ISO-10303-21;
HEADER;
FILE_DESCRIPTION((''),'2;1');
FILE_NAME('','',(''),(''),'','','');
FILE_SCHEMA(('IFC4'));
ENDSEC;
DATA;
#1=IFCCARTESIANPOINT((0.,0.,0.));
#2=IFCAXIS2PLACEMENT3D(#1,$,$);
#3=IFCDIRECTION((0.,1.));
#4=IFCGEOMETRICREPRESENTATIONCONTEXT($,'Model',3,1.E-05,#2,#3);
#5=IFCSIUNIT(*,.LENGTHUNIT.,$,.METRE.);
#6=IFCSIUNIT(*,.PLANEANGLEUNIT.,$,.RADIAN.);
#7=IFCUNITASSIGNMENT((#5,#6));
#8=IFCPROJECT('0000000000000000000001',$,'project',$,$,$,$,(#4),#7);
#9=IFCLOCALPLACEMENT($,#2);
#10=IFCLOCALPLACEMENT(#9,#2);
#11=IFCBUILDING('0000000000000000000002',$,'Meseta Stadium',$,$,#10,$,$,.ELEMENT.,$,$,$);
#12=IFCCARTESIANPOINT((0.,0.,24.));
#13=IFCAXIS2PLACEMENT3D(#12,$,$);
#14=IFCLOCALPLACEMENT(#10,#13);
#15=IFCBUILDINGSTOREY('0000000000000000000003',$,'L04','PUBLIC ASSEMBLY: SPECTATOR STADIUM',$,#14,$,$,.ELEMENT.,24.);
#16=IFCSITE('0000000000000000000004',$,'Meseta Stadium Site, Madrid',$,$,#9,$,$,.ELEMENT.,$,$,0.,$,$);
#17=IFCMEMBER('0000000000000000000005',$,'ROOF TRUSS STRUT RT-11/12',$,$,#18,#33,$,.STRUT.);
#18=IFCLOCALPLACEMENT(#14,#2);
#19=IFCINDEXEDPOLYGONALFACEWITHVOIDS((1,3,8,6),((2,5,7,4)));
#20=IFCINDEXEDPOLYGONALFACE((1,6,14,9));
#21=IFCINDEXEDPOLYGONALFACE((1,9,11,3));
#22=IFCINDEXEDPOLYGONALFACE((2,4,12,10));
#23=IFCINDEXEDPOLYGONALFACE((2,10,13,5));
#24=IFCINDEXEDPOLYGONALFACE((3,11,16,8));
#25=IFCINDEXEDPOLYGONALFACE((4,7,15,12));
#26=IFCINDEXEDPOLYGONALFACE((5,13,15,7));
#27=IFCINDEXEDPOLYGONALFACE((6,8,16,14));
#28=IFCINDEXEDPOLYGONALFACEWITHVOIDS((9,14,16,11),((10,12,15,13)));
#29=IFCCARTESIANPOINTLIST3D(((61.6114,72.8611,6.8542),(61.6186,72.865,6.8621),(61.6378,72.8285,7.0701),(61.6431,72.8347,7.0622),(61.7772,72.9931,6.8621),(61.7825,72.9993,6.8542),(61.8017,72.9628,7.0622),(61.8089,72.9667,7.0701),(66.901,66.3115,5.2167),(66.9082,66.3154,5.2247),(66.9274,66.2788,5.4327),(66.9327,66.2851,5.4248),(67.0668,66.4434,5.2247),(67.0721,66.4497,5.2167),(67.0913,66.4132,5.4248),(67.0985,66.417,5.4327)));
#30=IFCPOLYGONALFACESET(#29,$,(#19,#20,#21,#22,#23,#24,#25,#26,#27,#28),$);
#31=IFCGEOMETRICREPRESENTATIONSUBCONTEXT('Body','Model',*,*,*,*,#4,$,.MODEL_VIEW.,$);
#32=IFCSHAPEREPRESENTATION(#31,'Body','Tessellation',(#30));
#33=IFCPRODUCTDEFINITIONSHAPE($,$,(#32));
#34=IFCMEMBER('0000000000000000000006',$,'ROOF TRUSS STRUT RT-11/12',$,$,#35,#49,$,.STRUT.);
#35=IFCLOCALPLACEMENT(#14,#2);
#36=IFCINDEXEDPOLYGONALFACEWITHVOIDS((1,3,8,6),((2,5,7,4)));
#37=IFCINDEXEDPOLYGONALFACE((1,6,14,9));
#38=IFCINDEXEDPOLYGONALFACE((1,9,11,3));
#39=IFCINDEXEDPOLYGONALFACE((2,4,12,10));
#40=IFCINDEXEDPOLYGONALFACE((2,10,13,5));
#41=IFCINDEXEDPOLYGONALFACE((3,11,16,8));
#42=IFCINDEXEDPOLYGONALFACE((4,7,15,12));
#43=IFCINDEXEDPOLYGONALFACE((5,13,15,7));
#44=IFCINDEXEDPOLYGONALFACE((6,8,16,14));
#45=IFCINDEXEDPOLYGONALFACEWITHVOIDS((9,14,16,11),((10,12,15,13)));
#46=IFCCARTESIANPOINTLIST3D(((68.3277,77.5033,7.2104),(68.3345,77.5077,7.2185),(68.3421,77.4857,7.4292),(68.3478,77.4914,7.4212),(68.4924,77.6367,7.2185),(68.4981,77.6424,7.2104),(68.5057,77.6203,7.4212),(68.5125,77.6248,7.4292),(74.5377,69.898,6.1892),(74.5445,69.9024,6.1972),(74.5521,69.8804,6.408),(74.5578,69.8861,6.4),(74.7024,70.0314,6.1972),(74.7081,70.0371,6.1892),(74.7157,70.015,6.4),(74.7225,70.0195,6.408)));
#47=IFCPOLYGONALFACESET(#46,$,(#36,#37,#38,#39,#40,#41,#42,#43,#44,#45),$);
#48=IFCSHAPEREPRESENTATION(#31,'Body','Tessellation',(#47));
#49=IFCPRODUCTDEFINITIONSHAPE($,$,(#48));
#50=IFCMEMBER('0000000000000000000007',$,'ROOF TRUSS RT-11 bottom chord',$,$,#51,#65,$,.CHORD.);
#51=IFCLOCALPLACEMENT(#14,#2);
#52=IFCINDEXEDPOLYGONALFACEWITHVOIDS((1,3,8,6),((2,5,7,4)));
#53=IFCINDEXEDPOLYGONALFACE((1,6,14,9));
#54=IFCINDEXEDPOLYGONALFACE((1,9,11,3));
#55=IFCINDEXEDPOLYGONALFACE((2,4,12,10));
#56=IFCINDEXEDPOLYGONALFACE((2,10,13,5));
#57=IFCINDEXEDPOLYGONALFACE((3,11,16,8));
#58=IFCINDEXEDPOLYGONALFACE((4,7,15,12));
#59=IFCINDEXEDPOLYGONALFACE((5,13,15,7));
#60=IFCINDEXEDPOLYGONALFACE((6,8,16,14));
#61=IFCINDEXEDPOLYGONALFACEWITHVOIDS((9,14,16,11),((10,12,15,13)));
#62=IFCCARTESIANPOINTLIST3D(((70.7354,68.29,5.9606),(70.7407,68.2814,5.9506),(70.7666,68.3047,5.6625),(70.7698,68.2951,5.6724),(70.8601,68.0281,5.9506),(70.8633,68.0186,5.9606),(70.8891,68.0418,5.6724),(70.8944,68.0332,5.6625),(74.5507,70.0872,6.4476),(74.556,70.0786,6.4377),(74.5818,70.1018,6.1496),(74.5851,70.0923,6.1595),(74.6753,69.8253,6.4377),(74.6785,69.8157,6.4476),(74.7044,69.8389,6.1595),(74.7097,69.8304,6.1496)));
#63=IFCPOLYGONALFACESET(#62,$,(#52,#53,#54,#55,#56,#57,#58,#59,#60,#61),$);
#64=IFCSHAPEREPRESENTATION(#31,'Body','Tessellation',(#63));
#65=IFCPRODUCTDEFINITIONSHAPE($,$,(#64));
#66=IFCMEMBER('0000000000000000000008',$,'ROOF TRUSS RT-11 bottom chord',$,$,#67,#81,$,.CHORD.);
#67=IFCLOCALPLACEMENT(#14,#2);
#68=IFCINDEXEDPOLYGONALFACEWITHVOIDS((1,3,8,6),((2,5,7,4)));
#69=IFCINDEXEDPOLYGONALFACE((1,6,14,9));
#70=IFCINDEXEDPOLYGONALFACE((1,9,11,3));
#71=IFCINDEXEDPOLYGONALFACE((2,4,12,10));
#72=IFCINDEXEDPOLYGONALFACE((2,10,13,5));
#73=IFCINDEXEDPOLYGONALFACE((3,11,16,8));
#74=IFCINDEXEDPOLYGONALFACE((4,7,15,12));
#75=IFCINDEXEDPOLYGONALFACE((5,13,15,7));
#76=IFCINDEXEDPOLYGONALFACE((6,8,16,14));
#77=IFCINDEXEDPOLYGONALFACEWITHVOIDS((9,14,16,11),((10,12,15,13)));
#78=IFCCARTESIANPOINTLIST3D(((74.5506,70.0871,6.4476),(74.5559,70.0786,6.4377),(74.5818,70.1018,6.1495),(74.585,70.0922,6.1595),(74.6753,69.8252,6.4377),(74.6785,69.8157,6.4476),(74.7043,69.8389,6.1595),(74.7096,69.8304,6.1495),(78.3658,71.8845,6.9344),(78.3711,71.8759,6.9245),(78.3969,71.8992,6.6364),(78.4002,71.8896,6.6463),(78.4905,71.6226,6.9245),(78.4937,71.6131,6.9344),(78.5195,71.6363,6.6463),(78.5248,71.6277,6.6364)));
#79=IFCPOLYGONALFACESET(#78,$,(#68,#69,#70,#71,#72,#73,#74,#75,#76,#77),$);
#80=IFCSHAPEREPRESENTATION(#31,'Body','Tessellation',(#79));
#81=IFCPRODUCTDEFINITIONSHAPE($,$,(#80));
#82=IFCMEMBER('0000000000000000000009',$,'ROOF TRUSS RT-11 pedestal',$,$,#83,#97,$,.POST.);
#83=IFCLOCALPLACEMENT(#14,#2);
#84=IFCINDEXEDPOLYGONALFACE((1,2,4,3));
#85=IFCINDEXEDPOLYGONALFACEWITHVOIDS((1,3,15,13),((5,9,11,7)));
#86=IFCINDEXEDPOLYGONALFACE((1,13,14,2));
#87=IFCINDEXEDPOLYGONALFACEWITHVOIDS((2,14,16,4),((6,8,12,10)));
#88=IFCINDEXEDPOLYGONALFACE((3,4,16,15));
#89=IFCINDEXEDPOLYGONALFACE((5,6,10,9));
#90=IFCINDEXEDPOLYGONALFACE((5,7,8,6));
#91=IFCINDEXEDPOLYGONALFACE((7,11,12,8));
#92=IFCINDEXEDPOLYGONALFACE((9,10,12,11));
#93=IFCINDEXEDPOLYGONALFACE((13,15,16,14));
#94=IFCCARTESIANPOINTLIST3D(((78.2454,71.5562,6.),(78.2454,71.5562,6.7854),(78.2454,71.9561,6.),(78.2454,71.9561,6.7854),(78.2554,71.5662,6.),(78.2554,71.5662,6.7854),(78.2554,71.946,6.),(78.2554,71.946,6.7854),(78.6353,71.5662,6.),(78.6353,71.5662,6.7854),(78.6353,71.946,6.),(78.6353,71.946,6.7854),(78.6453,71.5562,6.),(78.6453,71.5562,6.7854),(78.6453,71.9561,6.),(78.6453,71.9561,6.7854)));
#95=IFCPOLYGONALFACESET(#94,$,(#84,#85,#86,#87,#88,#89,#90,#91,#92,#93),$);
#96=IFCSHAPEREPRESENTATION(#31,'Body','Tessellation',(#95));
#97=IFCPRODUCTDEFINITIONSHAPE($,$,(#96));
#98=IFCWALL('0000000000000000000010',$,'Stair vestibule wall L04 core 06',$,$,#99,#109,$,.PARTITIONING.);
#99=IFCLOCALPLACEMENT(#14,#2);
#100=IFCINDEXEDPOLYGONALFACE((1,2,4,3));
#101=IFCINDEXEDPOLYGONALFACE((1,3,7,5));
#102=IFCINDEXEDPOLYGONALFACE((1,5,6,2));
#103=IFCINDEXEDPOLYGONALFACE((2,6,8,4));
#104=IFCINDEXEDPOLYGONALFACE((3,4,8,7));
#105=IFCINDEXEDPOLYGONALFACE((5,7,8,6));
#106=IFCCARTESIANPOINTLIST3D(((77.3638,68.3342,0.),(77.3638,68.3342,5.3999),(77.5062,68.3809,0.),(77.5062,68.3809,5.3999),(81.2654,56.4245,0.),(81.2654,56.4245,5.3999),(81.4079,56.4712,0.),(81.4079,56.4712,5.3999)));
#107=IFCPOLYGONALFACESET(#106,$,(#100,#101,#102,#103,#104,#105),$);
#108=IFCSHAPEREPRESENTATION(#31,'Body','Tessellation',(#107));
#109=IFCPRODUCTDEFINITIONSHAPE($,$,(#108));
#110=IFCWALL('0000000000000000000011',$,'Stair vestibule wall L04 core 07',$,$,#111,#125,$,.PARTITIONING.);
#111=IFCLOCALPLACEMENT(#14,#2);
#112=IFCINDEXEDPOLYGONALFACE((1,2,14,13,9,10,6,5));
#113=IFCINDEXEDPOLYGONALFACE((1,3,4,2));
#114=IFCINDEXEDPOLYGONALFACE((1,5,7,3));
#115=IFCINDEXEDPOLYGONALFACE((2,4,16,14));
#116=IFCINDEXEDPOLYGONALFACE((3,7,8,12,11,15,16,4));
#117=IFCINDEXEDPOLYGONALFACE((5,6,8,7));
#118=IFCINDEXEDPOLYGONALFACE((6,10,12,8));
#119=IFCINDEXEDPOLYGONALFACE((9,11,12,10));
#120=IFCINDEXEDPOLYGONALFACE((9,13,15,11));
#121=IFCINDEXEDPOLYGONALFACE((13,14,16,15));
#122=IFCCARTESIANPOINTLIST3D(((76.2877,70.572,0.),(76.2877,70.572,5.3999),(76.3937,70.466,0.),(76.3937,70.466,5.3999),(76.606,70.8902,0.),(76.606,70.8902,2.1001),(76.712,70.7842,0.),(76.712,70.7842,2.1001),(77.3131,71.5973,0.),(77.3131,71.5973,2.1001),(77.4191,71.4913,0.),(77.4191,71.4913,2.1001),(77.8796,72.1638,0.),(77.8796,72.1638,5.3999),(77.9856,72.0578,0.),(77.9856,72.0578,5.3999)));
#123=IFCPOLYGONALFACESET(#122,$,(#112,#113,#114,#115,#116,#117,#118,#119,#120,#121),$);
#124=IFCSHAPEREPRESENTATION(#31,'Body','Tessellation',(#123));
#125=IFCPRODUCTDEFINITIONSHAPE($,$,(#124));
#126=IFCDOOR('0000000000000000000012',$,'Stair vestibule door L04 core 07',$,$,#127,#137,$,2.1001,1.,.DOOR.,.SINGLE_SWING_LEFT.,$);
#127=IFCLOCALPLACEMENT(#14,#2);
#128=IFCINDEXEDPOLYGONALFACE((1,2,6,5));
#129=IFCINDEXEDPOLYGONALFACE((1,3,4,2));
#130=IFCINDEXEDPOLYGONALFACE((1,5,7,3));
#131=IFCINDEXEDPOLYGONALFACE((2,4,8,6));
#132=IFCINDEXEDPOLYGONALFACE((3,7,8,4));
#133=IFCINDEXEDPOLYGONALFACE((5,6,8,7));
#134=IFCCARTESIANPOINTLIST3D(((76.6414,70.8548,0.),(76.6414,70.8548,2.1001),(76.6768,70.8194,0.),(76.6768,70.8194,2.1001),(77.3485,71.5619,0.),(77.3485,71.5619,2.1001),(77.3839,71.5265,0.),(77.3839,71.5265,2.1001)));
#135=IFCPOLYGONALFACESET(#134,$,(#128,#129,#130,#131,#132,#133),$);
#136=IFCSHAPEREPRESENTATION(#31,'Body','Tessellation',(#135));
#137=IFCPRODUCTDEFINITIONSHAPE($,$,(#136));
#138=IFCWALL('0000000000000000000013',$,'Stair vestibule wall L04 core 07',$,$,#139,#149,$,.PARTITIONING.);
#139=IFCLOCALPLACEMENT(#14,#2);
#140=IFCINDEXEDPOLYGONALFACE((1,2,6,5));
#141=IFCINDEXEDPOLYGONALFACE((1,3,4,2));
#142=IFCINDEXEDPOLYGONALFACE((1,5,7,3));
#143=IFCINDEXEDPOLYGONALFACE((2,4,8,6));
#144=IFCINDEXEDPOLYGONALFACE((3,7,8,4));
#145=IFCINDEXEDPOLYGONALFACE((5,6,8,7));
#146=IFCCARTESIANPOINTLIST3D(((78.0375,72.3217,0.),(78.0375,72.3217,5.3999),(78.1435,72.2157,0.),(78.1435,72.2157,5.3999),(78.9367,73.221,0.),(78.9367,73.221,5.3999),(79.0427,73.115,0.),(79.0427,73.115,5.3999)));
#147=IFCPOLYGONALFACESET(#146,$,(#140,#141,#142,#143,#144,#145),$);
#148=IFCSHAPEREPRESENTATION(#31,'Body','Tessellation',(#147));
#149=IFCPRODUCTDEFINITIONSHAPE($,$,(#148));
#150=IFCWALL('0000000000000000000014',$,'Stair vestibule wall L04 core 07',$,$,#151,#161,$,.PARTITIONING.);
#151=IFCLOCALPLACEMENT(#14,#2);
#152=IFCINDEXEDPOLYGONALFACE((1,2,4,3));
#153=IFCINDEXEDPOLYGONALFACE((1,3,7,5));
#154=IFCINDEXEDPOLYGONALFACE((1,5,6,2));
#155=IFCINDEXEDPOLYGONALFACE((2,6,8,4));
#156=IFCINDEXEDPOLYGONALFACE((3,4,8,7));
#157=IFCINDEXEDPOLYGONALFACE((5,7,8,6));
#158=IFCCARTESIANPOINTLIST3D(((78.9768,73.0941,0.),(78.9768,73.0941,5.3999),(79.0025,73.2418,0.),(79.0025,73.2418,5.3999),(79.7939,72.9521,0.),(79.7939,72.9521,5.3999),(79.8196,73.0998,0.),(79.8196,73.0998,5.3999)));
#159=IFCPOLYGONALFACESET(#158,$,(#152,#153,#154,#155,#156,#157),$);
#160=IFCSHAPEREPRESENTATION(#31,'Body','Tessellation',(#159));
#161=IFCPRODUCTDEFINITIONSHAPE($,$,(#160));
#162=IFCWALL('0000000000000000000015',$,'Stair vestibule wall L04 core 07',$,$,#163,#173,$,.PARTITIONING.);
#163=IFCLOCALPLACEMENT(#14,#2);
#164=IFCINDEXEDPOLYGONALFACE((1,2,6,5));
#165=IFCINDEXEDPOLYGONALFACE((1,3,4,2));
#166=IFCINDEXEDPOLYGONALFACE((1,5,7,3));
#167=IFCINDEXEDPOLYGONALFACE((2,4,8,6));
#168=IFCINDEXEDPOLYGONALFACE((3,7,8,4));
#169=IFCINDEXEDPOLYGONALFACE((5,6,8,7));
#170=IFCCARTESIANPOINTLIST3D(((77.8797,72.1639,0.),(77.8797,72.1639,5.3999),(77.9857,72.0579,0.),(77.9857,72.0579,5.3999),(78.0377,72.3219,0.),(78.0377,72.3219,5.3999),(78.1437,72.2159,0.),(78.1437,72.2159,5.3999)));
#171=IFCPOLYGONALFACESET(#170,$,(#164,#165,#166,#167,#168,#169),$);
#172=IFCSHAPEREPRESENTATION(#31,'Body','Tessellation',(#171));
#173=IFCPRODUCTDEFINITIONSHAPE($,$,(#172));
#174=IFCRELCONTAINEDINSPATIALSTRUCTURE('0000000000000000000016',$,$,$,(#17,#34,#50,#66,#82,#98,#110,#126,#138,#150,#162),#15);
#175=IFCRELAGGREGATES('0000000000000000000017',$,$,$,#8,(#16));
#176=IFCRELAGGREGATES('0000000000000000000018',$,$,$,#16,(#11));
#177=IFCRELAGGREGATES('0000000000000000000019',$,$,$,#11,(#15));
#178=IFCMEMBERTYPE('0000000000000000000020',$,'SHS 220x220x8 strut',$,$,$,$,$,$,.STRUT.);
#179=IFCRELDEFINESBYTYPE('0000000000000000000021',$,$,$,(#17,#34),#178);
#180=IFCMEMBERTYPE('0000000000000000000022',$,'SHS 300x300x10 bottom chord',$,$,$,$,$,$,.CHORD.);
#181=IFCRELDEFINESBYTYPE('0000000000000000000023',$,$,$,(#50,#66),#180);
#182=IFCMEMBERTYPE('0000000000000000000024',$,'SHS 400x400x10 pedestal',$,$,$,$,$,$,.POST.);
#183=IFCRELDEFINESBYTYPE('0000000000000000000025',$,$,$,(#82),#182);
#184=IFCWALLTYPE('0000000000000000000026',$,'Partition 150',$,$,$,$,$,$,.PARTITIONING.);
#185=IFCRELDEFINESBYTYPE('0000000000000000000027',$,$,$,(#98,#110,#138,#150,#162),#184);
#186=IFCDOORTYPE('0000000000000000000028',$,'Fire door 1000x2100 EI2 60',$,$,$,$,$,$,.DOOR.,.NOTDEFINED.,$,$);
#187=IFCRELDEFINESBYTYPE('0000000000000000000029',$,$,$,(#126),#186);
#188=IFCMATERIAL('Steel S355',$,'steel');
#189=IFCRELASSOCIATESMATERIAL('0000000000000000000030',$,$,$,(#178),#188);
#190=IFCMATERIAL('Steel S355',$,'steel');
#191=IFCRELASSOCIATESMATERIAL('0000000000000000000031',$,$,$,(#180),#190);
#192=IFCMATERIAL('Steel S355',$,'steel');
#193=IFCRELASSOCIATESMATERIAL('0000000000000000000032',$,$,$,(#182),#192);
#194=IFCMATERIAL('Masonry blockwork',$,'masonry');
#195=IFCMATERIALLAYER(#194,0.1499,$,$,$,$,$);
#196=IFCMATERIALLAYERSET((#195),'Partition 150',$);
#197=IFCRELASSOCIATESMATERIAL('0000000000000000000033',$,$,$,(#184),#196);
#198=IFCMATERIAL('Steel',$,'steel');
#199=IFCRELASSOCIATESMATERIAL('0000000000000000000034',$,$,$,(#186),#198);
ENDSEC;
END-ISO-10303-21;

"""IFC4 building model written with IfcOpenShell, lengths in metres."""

from ifc_helpers import new_model, si_unit, direction, frame, frame_2d, origin, origin_2d, place, context, subcontext, project, spatial, rectangle, hollow_rectangle, extrude, material, layer, layer_set, material_profile, profile_set, type_object, element, fill, save


model = new_model("IFC4")

# Units and contexts
model_context = context("Model", 3, precision=1e-05, world=origin(), true_north=direction((0.0, 1.0)))
body_context = subcontext(model_context, "Body", "Model", "MODEL_VIEW")
ifc_project = project(units=[si_unit("LENGTHUNIT", "METRE"), si_unit("PLANEANGLEUNIT", "RADIAN")], contexts=[model_context])

# Site, building, storey
site_placement = place(None, origin())
site = spatial("IfcSite", under=ifc_project, at=site_placement, Name="Meseta Stadium Site, Madrid", CompositionType="ELEMENT", RefElevation=0.0)
building_placement = place(site_placement, origin())
building = spatial("IfcBuilding", under=site, at=building_placement, Name="Meseta Stadium", CompositionType="ELEMENT")
storey_placement = place(building_placement, frame((0.0, 0.0, 24.0)))
storey = spatial("IfcBuildingStorey", under=building, at=storey_placement, Name="L04", Description="PUBLIC ASSEMBLY: SPECTATOR STADIUM", CompositionType="ELEMENT", Elevation=24.0)

# Members
ifc_material_1 = material(Name="Steel S355", Category="steel")
ifc_material_profile_1 = material_profile(ifc_material_1, hollow_rectangle(XDim=0.22, YDim=0.22, WallThickness=0.0081, at=origin_2d()), Name="SHS 220x220x8")
ifc_profile_set_1 = profile_set([ifc_material_profile_1], Name="Steel S355")
member_type_1 = type_object("IfcMemberType", Name="SHS 220x220x8 strut", PredefinedType="STRUT", material=ifc_profile_set_1)
member_1_placement = place(storey_placement, frame((66.9998, 66.3643, 5.3247), z_axis=(-0.616745, 0.763658, 0.190922), x_axis=(-0.777969, -0.628303, 0.0)))
element("IfcMember", 1, at=member_1_placement, inside=storey, type_object=member_type_1, Name="ROOF TRUSS STRUT RT-11/12", PredefinedType="STRUT", context=body_context, shape_type="SweptSolid", body=[
    extrude(hollow_rectangle(XDim=0.22, YDim=0.22, WallThickness=0.0081, at=origin_2d()), origin(), (0.0, 0.0, 1.0), 8.5767),
])
member_2_placement = place(storey_placement, frame((74.6301, 69.9587, 6.2986), z_axis=(-0.629081, 0.770424, 0.103454), x_axis=(-0.774581, -0.632475, 0.0)))
element("IfcMember", 2, at=member_2_placement, inside=storey, type_object=member_type_1, Name="ROOF TRUSS STRUT RT-11/12", PredefinedType="STRUT", context=body_context, shape_type="SweptSolid", body=[
    extrude(hollow_rectangle(XDim=0.22, YDim=0.22, WallThickness=0.0081, at=origin_2d()), origin(), (0.0, 0.0, 1.0), 9.8716),
])
ifc_material_2 = material(Name="Steel S355", Category="steel")
ifc_material_profile_2 = material_profile(ifc_material_2, hollow_rectangle(XDim=0.3, YDim=0.3, WallThickness=0.01, at=origin_2d()), Name="SHS 300x300x10")
ifc_profile_set_2 = profile_set([ifc_material_profile_2], Name="Steel S355")
member_type_2 = type_object("IfcMemberType", Name="SHS 300x300x10 bottom chord", PredefinedType="CHORD", material=ifc_profile_set_2)
for number, where, z_axis, x_axis, name in (
    (3, (70.8149, 68.1616, 5.8115), (0.898686, 0.42332, 0.11473), (-0.426134, 0.90466, 0.0), "ROOF TRUSS RT-11 bottom chord"),
    (4, (74.6301, 69.9587, 6.2986), (0.89867, 0.42337, 0.11467), (-0.426182, 0.904638, 0.0), "ROOF TRUSS RT-11 bottom chord"),
):
    element("IfcMember", number, at=place(storey_placement, frame(where, z_axis=z_axis, x_axis=x_axis)), inside=storey, type_object=member_type_2, Name=name, PredefinedType="CHORD", context=body_context, shape_type="SweptSolid", body=[
        extrude(hollow_rectangle(XDim=0.3, YDim=0.3, WallThickness=0.01, at=origin_2d()), origin(), (0.0, 0.0, 1.0), 4.2454),
    ])
ifc_material_3 = material(Name="Steel S355", Category="steel")
ifc_material_profile_3 = material_profile(ifc_material_3, hollow_rectangle(XDim=0.3999, YDim=0.3999, WallThickness=0.01, at=origin_2d()), Name="SHS 400x400x10")
ifc_profile_set_3 = profile_set([ifc_material_profile_3], Name="Steel S355")
member_type_3 = type_object("IfcMemberType", Name="SHS 400x400x10 pedestal", PredefinedType="POST", material=ifc_profile_set_3)
member_3_placement = place(storey_placement, frame((78.4453, 71.7561, 6.0), z_axis=(0.0, 0.0, 1.0), x_axis=(1.0, 0.0, 0.0)))
element("IfcMember", 5, at=member_3_placement, inside=storey, type_object=member_type_3, Name="ROOF TRUSS RT-11 pedestal", PredefinedType="POST", context=body_context, shape_type="SweptSolid", body=[
    extrude(hollow_rectangle(XDim=0.3999, YDim=0.3999, WallThickness=0.01, at=origin_2d()), origin(), (0.0, 0.0, 1.0), 0.7854),
])

# Wall
ifc_material_4 = material(Name="Masonry blockwork", Category="masonry")
ifc_layer = layer(ifc_material_4, 0.1499)
ifc_layer_set = layer_set([ifc_layer], Name="Partition 150")
wall_type = type_object("IfcWallType", Name="Partition 150", PredefinedType="PARTITIONING", material=ifc_layer_set)
wall_1_placement = place(storey_placement, frame((77.4351, 68.3574, 0.0), z_axis=(0.0, 0.0, 1.0), x_axis=(0.31132, -0.950305, 0.0)))
element("IfcWall", 6, at=wall_1_placement, inside=storey, type_object=wall_type, Name="Stair vestibule wall L04 core 06", PredefinedType="PARTITIONING", context=body_context, shape_type="SweptSolid", body=[
    extrude(rectangle(XDim=12.5325, YDim=0.1499, at=frame_2d((6.2661, 0.0))), origin(), (0.0, 0.0, 1.0), 5.3999),
])

# Wall, opening, door
wall_2_placement = place(storey_placement, frame((76.3408, 70.519, 0.0), z_axis=(0.0, 0.0, 1.0), x_axis=(0.707107, 0.707107, 0.0)))
wall_2 = element("IfcWall", 7, at=wall_2_placement, inside=storey, type_object=wall_type, Name="Stair vestibule wall L04 core 07", PredefinedType="PARTITIONING", context=body_context, shape_type="SweptSolid", body=[
    extrude(rectangle(XDim=2.2512, YDim=0.1499, at=frame_2d((1.1255, 0.0))), origin(), (0.0, 0.0, 1.0), 5.3999),
])
opening_placement = place(wall_2_placement, frame((0.45, 0.0, 0.0)))
opening = element("IfcOpeningElement", 8, at=opening_placement, cuts=wall_2, PredefinedType="OPENING", context=body_context, shape_type="SweptSolid", body=[
    extrude(rectangle(XDim=1.0, YDim=2.1001, at=frame_2d((0.5, 1.05))), frame((0.0, 0.085, 0.0), z_axis=(0.0, -1.0, 0.0), x_axis=(1.0, 0.0, 0.0)), (0.0, 0.0, 1.0), 0.1699),
])
ifc_material_5 = material(Name="Steel", Category="steel")
door_type = type_object("IfcDoorType", Name="Fire door 1000x2100 EI2 60", OperationType="NOTDEFINED", PredefinedType="DOOR", material=ifc_material_5)
door_placement = place(opening_placement, origin())
door = element("IfcDoor", 9, at=door_placement, inside=storey, type_object=door_type, Name="Stair vestibule door L04 core 07", OperationType="SINGLE_SWING_LEFT", OverallHeight=2.1001, OverallWidth=1.0, PredefinedType="DOOR", context=body_context, shape_type="SweptSolid", body=[
    extrude(rectangle(XDim=1.0, YDim=2.1001, at=frame_2d((0.5, 1.05))), frame((0.0, 0.0249, 0.0), z_axis=(0.0, -1.0, 0.0), x_axis=(1.0, 0.0, 0.0)), (0.0, 0.0, 1.0), 0.05),
])
fill(opening, door)

# Walls
wall_3_placement = place(storey_placement, frame((78.0906, 72.2688, 0.0), z_axis=(0.0, 0.0, 1.0), x_axis=(0.707107, 0.707107, 0.0)))
element("IfcWall", 10, at=wall_3_placement, inside=storey, type_object=wall_type, Name="Stair vestibule wall L04 core 07", PredefinedType="PARTITIONING", context=body_context, shape_type="SweptSolid", body=[
    extrude(rectangle(XDim=1.2717, YDim=0.1499, at=frame_2d((0.6357, 0.0))), origin(), (0.0, 0.0, 1.0), 5.3999),
])
wall_4_placement = place(storey_placement, frame((78.9897, 73.168, 0.0), z_axis=(0.0, 0.0, 1.0), x_axis=(0.985216, -0.171316, 0.0)))
element("IfcWall", 11, at=wall_4_placement, inside=storey, type_object=wall_type, Name="Stair vestibule wall L04 core 07", PredefinedType="PARTITIONING", context=body_context, shape_type="SweptSolid", body=[
    extrude(rectangle(XDim=0.8293, YDim=0.1499, at=frame_2d((0.4146, 0.0))), origin(), (0.0, 0.0, 1.0), 5.3999),
])
wall_5_placement = place(storey_placement, frame((77.9326, 72.1108, 0.0), z_axis=(0.0, 0.0, 1.0), x_axis=(0.707107, 0.707107, 0.0)))
element("IfcWall", 12, at=wall_5_placement, inside=storey, type_object=wall_type, Name="Stair vestibule wall L04 core 07", PredefinedType="PARTITIONING", context=body_context, shape_type="SweptSolid", body=[
    extrude(rectangle(XDim=0.2234, YDim=0.1499, at=frame_2d((0.1118, 0.0))), origin(), (0.0, 0.0, 1.0), 5.3999),
])

save(model, "model.ifc")
